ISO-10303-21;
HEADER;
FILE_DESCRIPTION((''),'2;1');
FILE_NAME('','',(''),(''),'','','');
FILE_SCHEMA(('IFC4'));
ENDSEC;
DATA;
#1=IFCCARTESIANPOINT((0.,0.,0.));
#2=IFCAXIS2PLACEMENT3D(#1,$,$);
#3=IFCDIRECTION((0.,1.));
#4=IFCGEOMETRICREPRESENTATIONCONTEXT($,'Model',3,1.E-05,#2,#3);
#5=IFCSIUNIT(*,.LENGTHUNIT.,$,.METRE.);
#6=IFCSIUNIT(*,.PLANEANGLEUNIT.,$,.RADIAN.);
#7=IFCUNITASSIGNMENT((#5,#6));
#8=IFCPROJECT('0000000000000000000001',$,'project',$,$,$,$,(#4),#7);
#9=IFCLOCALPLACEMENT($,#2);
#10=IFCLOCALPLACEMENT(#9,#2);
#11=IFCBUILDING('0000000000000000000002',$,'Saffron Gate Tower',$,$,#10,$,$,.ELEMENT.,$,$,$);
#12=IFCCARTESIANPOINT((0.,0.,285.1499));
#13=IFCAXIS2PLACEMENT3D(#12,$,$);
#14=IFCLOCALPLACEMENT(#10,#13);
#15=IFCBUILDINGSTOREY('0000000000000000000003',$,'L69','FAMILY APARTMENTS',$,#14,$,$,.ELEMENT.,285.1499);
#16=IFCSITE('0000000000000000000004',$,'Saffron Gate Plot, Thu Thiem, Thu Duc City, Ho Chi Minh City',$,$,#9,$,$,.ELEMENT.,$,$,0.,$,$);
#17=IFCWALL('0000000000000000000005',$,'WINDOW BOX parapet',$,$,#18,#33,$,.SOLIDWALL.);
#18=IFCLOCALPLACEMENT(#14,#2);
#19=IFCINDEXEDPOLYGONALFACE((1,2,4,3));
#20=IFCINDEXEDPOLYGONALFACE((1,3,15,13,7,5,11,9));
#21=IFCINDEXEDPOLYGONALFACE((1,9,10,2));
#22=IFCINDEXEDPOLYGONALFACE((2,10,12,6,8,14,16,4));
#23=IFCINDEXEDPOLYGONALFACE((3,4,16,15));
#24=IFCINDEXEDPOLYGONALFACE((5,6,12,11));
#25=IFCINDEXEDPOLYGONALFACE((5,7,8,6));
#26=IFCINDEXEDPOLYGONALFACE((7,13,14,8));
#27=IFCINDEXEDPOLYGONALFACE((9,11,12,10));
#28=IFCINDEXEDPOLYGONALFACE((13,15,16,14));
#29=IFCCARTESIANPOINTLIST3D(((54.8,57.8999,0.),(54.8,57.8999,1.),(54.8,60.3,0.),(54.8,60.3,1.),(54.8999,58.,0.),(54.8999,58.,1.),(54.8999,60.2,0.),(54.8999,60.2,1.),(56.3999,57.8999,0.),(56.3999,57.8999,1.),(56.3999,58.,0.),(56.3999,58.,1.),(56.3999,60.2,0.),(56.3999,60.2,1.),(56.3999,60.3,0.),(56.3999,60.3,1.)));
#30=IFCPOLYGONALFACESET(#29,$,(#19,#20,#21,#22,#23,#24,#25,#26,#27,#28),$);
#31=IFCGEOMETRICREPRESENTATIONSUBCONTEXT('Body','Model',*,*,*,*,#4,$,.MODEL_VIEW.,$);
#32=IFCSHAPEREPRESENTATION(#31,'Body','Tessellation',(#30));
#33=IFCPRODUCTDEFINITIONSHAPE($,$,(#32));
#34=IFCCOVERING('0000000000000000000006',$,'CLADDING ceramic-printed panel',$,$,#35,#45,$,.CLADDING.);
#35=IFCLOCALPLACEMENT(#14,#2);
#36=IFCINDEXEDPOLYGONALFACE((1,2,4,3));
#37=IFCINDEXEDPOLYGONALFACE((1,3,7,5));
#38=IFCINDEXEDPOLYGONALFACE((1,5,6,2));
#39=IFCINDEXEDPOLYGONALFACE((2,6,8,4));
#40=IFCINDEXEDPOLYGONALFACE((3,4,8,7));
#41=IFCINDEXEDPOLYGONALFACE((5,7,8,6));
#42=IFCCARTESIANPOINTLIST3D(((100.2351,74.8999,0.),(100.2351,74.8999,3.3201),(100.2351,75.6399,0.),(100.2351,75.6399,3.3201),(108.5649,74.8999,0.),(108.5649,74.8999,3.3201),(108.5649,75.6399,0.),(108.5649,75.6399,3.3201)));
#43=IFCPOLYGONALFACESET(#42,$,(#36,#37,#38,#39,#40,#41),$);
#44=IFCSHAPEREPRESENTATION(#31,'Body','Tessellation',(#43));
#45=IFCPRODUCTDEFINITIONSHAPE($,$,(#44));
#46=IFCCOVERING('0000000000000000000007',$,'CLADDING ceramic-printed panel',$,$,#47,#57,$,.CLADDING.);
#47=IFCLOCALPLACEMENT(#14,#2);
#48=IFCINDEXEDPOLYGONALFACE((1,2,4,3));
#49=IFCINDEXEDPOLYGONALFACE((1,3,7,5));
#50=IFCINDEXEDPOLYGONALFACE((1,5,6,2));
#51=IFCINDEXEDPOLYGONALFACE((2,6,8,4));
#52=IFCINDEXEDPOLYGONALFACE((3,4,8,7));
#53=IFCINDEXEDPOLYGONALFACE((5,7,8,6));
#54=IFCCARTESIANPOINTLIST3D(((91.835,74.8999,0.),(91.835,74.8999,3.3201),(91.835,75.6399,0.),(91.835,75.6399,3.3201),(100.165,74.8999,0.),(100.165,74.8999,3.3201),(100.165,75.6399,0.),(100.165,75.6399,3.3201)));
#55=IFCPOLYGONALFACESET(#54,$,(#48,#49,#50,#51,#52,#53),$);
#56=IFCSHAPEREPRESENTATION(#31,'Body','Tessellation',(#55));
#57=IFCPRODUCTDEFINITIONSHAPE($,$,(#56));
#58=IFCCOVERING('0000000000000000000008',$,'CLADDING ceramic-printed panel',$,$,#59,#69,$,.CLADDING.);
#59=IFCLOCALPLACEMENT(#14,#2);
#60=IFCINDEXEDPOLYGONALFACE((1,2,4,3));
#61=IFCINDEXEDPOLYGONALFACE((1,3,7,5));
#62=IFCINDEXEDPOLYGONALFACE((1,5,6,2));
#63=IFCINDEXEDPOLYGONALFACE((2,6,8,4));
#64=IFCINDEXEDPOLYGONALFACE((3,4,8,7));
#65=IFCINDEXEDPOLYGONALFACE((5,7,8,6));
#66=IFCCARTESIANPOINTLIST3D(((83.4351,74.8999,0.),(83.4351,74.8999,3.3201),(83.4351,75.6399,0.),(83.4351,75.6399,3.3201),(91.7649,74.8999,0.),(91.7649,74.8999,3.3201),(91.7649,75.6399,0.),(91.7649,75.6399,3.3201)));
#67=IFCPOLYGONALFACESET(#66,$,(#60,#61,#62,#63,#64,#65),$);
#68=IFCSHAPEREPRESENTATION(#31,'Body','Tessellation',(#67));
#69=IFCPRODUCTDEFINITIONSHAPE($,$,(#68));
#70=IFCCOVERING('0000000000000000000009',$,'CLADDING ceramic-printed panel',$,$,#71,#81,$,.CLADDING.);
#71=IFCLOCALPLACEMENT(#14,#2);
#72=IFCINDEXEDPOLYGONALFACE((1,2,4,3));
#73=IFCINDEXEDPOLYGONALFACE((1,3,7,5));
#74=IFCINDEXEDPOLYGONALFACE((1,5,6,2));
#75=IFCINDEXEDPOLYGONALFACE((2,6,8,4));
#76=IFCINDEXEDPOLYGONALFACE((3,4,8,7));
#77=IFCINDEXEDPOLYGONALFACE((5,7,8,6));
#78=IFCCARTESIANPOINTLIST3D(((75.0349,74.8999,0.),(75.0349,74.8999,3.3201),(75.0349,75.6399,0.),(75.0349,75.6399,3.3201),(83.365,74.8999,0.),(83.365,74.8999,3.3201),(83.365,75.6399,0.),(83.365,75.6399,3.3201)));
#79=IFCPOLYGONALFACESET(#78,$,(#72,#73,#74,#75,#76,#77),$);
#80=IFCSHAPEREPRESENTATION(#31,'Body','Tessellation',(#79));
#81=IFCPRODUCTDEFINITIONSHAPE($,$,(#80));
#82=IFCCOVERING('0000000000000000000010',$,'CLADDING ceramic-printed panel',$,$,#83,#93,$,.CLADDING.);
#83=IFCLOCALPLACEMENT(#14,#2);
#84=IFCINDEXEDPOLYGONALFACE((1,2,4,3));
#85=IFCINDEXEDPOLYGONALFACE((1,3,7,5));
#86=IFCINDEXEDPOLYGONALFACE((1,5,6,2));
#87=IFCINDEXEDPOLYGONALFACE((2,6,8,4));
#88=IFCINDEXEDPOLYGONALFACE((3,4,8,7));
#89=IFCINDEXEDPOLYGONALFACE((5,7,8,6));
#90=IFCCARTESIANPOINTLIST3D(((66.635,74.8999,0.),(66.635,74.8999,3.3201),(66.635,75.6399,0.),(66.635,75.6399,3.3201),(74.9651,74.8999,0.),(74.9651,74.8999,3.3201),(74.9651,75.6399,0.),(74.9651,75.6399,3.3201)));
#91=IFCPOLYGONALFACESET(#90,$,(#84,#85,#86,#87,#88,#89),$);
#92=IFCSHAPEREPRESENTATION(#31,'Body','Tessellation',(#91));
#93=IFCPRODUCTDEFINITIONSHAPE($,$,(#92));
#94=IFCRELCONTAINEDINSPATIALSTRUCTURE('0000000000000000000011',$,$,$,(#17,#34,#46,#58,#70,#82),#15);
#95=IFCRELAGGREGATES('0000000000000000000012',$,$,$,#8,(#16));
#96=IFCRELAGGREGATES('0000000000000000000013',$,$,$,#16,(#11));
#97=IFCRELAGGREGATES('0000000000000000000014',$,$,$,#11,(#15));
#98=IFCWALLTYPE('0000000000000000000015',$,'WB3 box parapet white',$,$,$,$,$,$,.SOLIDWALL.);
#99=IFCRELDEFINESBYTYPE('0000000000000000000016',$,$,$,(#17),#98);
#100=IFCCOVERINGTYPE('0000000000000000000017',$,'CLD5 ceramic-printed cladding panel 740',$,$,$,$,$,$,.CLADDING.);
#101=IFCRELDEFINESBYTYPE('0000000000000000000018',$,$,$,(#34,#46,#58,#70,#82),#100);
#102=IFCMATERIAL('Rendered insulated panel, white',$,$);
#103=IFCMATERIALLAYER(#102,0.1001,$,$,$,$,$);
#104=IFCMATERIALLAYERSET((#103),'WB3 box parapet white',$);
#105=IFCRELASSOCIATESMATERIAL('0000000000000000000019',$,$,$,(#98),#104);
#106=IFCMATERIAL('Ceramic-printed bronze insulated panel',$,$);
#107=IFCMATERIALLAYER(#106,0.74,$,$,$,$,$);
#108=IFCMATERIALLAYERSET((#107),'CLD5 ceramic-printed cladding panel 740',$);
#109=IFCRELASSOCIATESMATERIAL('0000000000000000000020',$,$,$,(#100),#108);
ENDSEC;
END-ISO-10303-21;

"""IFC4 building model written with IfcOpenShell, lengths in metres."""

from ifc_helpers import new_model, si_unit, direction, frame, origin, place, context, subcontext, project, spatial, polyline, outline, extrude, material, layer, layer_set, type_object, element, save


model = new_model("IFC4")

# Units and contexts
model_context = context("Model", 3, precision=1e-05, world=origin(), true_north=direction((0.0, 1.0)))
body_context = subcontext(model_context, "Body", "Model", "MODEL_VIEW")
ifc_project = project(units=[si_unit("LENGTHUNIT", "METRE"), si_unit("PLANEANGLEUNIT", "RADIAN")], contexts=[model_context])

# Site, building, storey
site_placement = place(None, origin())
site = spatial("IfcSite", under=ifc_project, at=site_placement, Name="Saffron Gate Plot, Thu Thiem, Thu Duc City, Ho Chi Minh City", CompositionType="ELEMENT", RefElevation=0.0)
building_placement = place(site_placement, origin())
building = spatial("IfcBuilding", under=site, at=building_placement, Name="Saffron Gate Tower", CompositionType="ELEMENT")
storey_placement = place(building_placement, frame((0.0, 0.0, 285.1499)))
storey = spatial("IfcBuildingStorey", under=building, at=storey_placement, Name="L69", Description="FAMILY APARTMENTS", CompositionType="ELEMENT", Elevation=285.1499)

# Wall
ifc_material_1 = material(Name="Rendered insulated panel, white")
ifc_layer_1 = layer(ifc_material_1, 0.1001)
ifc_layer_set_1 = layer_set([ifc_layer_1], Name="WB3 box parapet white")
wall_type = type_object("IfcWallType", Name="WB3 box parapet white", PredefinedType="SOLIDWALL", material=ifc_layer_set_1)
wall_1_placement = place(storey_placement, origin())
element("IfcWall", 1, at=wall_1_placement, inside=storey, type_object=wall_type, Name="WINDOW BOX parapet", PredefinedType="SOLIDWALL", context=body_context, shape_type="SweptSolid", body=[
    extrude(outline(polyline([(56.3999, 60.3), (56.3999, 60.2), (54.8999, 60.2), (54.8999, 58.0), (56.3999, 58.0), (56.3999, 57.8999), (54.8, 57.8999), (54.8, 60.3), (56.3999, 60.3)])), origin(), (0.0, 0.0, 1.0), 1.0),
])

# Coverings
ifc_material_2 = material(Name="Ceramic-printed bronze insulated panel")
ifc_layer_2 = layer(ifc_material_2, 0.74)
ifc_layer_set_2 = layer_set([ifc_layer_2], Name="CLD5 ceramic-printed cladding panel 740")
covering_type = type_object("IfcCoveringType", Name="CLD5 ceramic-printed cladding panel 740", PredefinedType="CLADDING", material=ifc_layer_set_2)
covering_1_placement = place(storey_placement, origin())
element("IfcCovering", 2, at=covering_1_placement, inside=storey, type_object=covering_type, Name="CLADDING ceramic-printed panel", PredefinedType="CLADDING", context=body_context, shape_type="SweptSolid", body=[
    extrude(outline(polyline([(108.5649, 75.6399), (100.2351, 75.6399), (100.2351, 74.8999), (108.5649, 74.8999), (108.5649, 75.6399)])), origin(), (0.0, 0.0, 1.0), 3.3201),
])
covering_2_placement = place(storey_placement, origin())
element("IfcCovering", 3, at=covering_2_placement, inside=storey, type_object=covering_type, Name="CLADDING ceramic-printed panel", PredefinedType="CLADDING", context=body_context, shape_type="SweptSolid", body=[
    extrude(outline(polyline([(100.165, 75.6399), (91.835, 75.6399), (91.835, 74.8999), (100.165, 74.8999), (100.165, 75.6399)])), origin(), (0.0, 0.0, 1.0), 3.3201),
])
covering_3_placement = place(storey_placement, origin())
element("IfcCovering", 4, at=covering_3_placement, inside=storey, type_object=covering_type, Name="CLADDING ceramic-printed panel", PredefinedType="CLADDING", context=body_context, shape_type="SweptSolid", body=[
    extrude(outline(polyline([(91.7649, 75.6399), (83.4351, 75.6399), (83.4351, 74.8999), (91.7649, 74.8999), (91.7649, 75.6399)])), origin(), (0.0, 0.0, 1.0), 3.3201),
])
covering_4_placement = place(storey_placement, origin())
element("IfcCovering", 5, at=covering_4_placement, inside=storey, type_object=covering_type, Name="CLADDING ceramic-printed panel", PredefinedType="CLADDING", context=body_context, shape_type="SweptSolid", body=[
    extrude(outline(polyline([(83.365, 75.6399), (75.0349, 75.6399), (75.0349, 74.8999), (83.365, 74.8999), (83.365, 75.6399)])), origin(), (0.0, 0.0, 1.0), 3.3201),
])
covering_5_placement = place(storey_placement, origin())
element("IfcCovering", 6, at=covering_5_placement, inside=storey, type_object=covering_type, Name="CLADDING ceramic-printed panel", PredefinedType="CLADDING", context=body_context, shape_type="SweptSolid", body=[
    extrude(outline(polyline([(74.9651, 75.6399), (66.635, 75.6399), (66.635, 74.8999), (74.9651, 74.8999), (74.9651, 75.6399)])), origin(), (0.0, 0.0, 1.0), 3.3201),
])

save(model, "model.ifc")
